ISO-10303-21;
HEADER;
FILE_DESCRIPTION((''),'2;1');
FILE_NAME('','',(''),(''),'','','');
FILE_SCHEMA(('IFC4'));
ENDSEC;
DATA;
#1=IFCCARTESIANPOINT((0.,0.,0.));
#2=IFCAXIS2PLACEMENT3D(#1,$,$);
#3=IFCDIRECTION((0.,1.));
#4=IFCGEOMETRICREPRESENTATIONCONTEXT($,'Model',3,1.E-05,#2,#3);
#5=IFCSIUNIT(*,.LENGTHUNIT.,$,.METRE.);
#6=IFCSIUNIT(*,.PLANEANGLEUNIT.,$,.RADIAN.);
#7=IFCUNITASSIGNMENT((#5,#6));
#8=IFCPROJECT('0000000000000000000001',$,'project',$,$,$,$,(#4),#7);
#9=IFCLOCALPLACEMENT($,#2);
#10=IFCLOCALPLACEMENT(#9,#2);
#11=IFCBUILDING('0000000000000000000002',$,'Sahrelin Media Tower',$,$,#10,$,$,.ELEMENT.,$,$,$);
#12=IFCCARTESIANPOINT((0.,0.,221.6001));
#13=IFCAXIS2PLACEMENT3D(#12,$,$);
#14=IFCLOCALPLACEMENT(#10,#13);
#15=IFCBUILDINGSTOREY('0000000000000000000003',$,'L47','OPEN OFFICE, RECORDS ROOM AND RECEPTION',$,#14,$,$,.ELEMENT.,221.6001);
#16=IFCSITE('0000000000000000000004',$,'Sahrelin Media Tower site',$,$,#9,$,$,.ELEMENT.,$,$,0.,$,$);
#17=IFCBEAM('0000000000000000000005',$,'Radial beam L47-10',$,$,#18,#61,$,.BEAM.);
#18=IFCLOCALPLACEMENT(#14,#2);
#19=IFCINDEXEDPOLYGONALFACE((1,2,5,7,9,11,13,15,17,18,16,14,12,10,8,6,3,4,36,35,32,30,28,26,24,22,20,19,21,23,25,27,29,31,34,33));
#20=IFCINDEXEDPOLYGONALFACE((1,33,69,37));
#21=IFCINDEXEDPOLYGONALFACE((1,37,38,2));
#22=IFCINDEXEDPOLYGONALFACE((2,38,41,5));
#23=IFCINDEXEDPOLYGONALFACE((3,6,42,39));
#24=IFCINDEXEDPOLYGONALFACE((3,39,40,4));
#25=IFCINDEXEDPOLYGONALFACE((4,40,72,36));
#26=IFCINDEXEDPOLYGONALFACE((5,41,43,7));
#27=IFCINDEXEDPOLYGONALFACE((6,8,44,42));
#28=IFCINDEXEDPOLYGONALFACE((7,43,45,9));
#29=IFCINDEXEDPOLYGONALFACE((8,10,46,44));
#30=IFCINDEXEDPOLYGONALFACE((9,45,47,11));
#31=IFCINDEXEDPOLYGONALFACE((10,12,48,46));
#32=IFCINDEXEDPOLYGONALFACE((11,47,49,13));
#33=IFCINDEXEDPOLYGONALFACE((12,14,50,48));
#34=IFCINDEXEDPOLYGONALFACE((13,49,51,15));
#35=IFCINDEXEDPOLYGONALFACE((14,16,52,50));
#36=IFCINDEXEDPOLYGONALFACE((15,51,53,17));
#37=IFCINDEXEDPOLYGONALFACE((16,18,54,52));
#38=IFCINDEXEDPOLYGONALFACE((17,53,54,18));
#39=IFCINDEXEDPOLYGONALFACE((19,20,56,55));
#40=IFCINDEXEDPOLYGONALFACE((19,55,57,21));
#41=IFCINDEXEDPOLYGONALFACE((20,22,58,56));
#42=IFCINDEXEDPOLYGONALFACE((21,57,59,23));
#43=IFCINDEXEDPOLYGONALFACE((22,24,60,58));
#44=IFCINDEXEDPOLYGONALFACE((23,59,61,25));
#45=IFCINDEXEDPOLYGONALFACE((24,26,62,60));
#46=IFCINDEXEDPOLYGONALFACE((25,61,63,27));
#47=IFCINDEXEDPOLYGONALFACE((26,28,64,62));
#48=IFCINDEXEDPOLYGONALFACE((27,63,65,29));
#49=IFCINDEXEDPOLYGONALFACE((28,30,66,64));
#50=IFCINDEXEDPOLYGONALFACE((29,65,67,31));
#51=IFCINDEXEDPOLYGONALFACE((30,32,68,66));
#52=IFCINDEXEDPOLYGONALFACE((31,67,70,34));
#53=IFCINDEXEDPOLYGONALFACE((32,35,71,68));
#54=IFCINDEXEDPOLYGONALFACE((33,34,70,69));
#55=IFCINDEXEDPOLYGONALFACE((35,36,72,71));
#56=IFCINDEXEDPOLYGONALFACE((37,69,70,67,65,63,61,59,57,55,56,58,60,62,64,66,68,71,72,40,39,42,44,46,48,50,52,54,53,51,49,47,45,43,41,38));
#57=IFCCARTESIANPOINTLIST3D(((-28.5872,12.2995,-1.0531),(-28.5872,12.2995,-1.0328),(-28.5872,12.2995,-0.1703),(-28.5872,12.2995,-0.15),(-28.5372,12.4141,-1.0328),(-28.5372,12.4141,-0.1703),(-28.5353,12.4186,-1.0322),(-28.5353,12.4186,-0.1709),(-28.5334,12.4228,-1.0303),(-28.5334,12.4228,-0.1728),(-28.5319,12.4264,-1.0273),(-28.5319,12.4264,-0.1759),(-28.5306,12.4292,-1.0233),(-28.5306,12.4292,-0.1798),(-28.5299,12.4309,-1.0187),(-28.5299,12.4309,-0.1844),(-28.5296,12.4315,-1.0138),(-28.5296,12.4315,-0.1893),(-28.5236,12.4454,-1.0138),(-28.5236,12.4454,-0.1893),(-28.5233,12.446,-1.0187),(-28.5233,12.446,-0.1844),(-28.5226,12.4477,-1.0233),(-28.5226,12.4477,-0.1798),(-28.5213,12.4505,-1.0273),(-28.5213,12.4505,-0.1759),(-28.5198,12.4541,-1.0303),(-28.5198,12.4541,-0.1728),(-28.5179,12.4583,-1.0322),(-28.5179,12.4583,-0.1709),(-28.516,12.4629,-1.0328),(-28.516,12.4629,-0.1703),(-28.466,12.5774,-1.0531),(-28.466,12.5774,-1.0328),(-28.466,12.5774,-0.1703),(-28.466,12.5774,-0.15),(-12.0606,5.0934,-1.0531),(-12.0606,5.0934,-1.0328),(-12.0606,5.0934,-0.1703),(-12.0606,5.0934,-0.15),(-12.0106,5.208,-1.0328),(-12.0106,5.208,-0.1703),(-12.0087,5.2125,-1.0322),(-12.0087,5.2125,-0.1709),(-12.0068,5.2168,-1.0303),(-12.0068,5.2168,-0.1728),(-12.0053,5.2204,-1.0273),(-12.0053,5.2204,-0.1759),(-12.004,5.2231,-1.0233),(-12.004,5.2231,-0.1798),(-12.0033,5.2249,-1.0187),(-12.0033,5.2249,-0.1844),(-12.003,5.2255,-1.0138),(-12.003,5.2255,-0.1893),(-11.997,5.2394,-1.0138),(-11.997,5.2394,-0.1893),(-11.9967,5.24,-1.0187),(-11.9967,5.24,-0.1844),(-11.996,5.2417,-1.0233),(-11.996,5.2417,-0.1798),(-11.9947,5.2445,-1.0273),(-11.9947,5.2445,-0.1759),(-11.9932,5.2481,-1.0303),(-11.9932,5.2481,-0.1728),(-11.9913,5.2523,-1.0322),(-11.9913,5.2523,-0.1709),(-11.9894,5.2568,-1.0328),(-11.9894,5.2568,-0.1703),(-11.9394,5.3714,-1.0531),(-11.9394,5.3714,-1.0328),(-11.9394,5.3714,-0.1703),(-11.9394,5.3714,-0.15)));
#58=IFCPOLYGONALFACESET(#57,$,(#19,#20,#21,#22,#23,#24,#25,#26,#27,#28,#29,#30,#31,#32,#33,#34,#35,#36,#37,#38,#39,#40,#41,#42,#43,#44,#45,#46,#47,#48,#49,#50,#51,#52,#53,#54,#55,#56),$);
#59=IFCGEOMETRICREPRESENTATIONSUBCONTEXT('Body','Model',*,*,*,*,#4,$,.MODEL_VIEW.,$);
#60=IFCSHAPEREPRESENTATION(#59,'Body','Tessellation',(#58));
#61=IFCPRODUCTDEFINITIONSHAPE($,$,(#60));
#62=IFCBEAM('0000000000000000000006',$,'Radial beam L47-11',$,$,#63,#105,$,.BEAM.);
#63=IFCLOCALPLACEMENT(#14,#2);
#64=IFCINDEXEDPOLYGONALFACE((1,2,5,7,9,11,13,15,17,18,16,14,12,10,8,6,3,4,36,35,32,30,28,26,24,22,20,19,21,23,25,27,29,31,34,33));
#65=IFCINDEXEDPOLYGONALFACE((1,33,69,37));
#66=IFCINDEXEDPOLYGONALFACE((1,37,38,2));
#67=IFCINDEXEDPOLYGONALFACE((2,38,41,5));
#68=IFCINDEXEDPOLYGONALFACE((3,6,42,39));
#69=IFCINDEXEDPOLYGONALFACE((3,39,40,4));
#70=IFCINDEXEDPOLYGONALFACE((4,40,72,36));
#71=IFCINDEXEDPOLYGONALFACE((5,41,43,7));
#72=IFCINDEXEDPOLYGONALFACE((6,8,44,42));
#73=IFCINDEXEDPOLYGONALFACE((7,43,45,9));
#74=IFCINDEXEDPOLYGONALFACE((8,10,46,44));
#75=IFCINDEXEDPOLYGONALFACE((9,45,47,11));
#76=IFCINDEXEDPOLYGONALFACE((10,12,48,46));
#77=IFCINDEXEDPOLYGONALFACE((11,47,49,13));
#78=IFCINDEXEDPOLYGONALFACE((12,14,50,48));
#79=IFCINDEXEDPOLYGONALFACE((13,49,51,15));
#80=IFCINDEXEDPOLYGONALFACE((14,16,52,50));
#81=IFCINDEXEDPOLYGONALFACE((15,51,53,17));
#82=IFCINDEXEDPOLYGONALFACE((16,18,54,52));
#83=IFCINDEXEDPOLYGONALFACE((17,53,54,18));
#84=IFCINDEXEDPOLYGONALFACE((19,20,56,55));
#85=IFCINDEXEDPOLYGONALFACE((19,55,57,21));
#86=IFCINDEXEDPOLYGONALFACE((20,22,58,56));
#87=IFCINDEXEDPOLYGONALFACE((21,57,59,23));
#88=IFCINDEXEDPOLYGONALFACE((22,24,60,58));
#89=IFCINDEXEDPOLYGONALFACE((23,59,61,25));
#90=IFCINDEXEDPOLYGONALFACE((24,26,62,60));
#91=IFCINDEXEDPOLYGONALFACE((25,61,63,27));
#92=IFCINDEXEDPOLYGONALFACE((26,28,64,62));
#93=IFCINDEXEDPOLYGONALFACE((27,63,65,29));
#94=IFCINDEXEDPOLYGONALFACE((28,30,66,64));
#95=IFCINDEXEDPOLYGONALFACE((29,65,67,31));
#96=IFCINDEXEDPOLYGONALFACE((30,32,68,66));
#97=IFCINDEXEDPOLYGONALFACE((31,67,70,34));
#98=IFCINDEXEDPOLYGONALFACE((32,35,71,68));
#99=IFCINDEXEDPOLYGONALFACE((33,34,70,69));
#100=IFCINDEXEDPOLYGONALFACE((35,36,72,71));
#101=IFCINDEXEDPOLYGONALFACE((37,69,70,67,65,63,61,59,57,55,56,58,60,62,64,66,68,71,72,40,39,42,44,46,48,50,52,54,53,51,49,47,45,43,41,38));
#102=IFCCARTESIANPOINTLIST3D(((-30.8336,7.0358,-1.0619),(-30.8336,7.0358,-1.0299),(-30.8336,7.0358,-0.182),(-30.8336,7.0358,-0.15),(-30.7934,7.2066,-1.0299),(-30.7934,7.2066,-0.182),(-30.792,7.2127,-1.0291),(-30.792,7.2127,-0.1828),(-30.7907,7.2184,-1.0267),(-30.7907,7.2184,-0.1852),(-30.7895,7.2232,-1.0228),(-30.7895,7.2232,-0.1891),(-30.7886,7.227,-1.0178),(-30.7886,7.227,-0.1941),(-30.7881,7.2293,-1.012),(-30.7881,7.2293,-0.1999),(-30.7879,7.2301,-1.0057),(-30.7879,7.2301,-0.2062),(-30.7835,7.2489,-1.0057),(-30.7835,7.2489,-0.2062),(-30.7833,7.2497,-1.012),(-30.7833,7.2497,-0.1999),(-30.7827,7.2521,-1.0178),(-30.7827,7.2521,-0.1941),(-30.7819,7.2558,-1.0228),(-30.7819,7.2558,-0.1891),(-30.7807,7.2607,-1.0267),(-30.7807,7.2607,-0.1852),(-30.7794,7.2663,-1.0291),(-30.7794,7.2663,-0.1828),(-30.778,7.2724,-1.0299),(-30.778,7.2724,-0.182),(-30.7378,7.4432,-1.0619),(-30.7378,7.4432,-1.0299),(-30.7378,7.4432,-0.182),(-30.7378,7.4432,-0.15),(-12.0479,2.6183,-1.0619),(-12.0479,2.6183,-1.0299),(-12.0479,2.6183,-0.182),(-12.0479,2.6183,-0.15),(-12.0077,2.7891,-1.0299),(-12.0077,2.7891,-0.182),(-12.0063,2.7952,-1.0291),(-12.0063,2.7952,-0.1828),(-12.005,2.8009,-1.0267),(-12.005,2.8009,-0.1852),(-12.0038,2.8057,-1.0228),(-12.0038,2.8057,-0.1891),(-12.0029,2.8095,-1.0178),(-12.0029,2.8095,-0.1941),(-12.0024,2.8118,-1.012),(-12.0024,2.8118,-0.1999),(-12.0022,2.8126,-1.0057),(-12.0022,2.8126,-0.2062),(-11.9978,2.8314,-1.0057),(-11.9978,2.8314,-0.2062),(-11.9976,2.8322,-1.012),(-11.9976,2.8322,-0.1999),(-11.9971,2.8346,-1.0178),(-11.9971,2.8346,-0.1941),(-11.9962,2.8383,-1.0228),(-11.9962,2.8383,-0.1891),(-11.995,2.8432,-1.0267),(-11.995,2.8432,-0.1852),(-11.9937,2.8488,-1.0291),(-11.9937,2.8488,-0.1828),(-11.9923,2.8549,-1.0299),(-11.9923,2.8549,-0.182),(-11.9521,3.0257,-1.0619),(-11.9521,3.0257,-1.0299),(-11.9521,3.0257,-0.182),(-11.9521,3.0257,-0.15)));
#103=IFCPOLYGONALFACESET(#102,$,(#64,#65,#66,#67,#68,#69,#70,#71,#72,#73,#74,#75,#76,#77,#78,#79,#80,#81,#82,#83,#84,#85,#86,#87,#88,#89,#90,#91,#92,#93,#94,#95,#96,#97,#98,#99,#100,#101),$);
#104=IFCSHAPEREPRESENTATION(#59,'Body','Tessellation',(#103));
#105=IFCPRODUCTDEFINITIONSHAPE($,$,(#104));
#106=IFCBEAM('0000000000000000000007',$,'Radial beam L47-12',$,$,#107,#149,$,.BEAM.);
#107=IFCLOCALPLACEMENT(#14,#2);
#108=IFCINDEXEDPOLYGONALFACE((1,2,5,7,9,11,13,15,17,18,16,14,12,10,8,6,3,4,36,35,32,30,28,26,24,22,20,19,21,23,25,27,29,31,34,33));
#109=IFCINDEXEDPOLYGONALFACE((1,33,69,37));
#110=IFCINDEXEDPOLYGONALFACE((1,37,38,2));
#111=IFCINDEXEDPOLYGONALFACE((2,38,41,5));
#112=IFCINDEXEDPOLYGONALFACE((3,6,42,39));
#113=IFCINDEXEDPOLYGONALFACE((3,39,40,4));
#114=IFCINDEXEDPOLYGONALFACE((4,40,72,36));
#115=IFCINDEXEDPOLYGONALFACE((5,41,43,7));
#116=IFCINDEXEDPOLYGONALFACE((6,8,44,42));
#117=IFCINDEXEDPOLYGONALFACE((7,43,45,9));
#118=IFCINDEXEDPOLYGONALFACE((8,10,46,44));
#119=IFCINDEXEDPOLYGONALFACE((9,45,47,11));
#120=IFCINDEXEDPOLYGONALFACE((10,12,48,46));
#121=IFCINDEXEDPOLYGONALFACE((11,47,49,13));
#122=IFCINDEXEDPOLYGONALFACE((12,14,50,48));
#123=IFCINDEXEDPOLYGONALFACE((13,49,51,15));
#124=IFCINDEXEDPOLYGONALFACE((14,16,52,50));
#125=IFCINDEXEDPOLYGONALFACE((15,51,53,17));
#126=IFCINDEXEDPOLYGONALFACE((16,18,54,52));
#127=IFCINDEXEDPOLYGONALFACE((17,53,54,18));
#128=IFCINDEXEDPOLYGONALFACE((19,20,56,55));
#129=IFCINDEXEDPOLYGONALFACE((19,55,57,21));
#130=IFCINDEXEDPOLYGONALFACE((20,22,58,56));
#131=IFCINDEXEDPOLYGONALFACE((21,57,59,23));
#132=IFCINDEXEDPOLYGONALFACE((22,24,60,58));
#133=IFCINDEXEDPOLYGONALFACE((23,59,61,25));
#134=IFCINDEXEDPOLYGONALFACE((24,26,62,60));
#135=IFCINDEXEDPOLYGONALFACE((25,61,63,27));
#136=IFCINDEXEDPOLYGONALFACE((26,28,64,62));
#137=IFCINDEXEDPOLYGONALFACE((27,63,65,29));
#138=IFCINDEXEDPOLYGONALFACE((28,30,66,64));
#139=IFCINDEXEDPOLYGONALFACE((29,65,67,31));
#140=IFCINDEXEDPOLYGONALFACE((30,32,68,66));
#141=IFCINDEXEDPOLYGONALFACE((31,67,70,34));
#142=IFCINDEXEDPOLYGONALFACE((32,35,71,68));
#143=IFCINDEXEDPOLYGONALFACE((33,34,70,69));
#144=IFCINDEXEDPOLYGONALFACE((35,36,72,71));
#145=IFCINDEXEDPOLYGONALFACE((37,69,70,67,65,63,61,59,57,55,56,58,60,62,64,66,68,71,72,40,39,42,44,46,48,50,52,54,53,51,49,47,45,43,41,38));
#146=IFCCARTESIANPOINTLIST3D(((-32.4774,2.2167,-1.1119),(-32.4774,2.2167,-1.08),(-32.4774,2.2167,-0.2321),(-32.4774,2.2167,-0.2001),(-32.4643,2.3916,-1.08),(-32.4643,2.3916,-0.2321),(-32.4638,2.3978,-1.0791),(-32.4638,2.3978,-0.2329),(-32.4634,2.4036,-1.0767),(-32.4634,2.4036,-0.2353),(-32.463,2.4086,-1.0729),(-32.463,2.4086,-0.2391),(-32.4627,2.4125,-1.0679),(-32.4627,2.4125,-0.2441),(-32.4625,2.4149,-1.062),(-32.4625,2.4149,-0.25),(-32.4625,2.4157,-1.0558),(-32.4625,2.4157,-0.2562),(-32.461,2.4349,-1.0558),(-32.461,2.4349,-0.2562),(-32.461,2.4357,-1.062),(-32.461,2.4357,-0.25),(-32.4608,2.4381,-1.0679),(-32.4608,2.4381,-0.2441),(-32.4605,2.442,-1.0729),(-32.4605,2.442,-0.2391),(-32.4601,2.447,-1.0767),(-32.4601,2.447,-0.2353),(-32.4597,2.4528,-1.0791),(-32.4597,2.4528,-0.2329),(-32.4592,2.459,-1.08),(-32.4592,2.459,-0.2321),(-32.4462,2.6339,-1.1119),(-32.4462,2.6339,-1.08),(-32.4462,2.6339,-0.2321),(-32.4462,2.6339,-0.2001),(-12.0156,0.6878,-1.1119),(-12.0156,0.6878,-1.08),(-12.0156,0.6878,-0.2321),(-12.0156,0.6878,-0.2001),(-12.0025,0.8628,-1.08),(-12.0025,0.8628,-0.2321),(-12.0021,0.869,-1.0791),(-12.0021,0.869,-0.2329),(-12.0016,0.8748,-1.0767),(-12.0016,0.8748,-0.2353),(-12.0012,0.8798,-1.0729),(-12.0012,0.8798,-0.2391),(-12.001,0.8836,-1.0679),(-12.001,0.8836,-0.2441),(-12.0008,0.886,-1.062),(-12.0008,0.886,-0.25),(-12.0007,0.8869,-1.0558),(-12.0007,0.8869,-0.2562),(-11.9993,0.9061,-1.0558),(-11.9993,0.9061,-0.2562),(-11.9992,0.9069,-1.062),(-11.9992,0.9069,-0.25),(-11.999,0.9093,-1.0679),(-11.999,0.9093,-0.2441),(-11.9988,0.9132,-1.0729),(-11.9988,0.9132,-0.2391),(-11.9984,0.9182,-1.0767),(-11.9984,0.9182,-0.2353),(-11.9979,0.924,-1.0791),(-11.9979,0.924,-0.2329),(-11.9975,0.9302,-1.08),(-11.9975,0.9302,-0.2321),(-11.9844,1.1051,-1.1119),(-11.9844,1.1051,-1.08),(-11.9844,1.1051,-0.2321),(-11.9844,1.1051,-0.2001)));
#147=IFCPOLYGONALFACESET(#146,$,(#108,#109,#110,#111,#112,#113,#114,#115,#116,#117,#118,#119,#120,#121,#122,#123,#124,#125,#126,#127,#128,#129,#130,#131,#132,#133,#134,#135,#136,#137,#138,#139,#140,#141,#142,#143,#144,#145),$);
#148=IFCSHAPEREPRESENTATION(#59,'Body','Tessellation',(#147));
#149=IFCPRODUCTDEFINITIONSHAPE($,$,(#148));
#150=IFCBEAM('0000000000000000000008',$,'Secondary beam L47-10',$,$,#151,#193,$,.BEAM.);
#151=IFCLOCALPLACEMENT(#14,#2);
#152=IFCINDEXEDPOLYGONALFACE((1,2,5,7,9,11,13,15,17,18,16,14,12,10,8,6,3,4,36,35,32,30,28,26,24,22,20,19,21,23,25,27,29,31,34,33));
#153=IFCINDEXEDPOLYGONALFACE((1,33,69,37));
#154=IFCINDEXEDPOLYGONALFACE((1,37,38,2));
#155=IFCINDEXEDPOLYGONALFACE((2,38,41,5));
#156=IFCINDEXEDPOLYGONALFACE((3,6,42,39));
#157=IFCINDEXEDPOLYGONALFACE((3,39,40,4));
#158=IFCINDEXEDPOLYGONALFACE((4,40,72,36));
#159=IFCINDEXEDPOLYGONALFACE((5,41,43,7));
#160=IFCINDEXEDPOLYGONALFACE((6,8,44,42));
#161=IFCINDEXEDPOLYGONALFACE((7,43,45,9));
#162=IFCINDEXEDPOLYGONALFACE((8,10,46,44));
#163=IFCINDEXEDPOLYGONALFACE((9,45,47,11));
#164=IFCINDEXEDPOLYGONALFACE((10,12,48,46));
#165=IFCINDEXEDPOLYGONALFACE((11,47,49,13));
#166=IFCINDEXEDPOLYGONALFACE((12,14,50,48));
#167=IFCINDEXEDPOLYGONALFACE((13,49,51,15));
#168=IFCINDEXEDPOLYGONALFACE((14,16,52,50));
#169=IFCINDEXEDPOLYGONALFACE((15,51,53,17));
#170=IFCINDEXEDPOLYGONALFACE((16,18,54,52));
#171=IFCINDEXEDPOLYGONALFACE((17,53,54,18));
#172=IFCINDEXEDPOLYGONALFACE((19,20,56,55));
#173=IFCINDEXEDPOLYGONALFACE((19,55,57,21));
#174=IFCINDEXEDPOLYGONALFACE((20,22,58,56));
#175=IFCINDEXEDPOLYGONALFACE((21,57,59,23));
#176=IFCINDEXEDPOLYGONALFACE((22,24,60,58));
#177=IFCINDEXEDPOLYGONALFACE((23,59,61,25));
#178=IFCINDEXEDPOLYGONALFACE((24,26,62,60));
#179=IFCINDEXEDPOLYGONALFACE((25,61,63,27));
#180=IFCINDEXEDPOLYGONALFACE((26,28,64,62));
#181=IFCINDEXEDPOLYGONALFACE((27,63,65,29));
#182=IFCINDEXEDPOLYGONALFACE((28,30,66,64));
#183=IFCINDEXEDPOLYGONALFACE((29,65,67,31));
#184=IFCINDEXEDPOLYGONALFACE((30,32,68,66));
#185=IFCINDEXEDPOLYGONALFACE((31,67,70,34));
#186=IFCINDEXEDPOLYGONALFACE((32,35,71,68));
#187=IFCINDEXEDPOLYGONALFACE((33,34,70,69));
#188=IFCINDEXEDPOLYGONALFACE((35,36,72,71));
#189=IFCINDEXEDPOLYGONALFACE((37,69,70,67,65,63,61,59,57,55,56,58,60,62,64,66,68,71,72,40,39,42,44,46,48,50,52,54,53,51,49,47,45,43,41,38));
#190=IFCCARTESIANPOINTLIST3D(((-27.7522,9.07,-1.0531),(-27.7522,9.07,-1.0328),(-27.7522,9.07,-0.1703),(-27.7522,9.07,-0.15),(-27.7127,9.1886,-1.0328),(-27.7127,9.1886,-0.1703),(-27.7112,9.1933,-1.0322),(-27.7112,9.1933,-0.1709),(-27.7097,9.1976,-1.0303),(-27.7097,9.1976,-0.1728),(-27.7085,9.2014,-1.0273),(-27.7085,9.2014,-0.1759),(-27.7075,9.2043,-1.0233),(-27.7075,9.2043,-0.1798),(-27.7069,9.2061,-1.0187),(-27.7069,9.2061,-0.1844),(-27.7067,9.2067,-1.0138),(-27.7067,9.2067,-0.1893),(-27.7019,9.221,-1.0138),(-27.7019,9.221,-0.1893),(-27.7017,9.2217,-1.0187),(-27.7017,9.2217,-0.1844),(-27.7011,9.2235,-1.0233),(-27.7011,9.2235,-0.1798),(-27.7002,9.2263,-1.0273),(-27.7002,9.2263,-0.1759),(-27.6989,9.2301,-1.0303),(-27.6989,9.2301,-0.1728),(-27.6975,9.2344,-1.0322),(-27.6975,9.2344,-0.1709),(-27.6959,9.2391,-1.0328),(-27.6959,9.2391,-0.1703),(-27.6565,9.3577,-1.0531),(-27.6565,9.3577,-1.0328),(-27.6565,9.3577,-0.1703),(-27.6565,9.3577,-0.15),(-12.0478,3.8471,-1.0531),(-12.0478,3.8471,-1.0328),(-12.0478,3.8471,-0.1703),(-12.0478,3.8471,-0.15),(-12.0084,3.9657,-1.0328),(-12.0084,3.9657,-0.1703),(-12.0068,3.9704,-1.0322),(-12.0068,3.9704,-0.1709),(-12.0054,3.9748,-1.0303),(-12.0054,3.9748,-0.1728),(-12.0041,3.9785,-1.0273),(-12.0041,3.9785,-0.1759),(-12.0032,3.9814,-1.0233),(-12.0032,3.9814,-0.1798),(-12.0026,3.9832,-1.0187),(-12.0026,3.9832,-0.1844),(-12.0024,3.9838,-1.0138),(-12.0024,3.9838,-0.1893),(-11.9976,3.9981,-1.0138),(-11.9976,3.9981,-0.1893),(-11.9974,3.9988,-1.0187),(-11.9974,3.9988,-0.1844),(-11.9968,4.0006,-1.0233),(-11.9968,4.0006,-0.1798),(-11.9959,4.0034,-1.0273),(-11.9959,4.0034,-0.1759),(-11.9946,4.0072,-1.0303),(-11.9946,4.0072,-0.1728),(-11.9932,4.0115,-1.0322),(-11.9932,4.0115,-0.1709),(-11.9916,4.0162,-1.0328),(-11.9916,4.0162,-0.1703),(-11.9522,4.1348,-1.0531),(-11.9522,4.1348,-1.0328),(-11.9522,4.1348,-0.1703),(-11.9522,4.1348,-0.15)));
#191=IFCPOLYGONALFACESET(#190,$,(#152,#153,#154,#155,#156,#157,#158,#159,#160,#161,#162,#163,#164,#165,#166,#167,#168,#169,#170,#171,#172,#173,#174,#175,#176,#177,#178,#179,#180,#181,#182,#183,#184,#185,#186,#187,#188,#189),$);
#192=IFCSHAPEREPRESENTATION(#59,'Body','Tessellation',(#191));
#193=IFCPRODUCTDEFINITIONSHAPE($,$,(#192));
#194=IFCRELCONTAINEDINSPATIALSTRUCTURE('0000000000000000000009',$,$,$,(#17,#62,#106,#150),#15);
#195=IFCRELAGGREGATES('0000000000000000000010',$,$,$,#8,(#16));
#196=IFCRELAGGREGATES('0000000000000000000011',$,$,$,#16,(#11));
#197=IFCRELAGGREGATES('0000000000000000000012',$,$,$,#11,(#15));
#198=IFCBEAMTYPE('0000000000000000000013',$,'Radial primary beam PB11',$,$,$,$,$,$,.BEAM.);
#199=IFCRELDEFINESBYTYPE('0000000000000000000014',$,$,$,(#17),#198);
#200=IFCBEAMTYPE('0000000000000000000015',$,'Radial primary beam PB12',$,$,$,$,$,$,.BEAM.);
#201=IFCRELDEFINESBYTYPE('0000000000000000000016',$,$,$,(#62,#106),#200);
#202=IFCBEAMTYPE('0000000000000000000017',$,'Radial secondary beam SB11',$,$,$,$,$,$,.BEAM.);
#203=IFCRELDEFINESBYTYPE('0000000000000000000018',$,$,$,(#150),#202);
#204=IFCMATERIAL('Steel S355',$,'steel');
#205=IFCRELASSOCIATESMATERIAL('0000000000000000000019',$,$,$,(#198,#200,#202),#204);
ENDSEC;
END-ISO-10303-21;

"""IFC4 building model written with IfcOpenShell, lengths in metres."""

from ifc_helpers import new_model, si_unit, direction, frame, origin, origin_2d, place, context, subcontext, project, spatial, i_section, extrude, material, material_profile, profile_set, type_object, element, save


model = new_model("IFC4")

# Units and contexts
model_context = context("Model", 3, precision=1e-05, world=origin(), true_north=direction((0.0, 1.0)))
body_context = subcontext(model_context, "Body", "Model", "MODEL_VIEW")
ifc_project = project(units=[si_unit("LENGTHUNIT", "METRE"), si_unit("PLANEANGLEUNIT", "RADIAN")], contexts=[model_context])

# Site, building, storey
site_placement = place(None, origin())
site = spatial("IfcSite", under=ifc_project, at=site_placement, Name="Sahrelin Media Tower site", CompositionType="ELEMENT", RefElevation=0.0)
building_placement = place(site_placement, origin())
building = spatial("IfcBuilding", under=site, at=building_placement, Name="Sahrelin Media Tower", CompositionType="ELEMENT")
storey_placement = place(building_placement, frame((0.0, 0.0, 221.6001)))
storey = spatial("IfcBuildingStorey", under=building, at=storey_placement, Name="L47", Description="OPEN OFFICE, RECORDS ROOM AND RECEPTION", CompositionType="ELEMENT", Elevation=221.6001)

# Beams
ifc_material_1 = material(Name="Steel S355", Category="steel")
ifc_material_profile_1 = material_profile(ifc_material_1, i_section(OverallWidth=0.3032, OverallDepth=0.9031, WebThickness=0.0151, FlangeThickness=0.0203, FilletRadius=0.019, at=origin_2d()), Name="UB 914x305x201")
ifc_profile_set_1 = profile_set([ifc_material_profile_1], Name="Steel S355")
beam_type_1 = type_object("IfcBeamType", Name="Radial primary beam PB11", PredefinedType="BEAM", material=ifc_profile_set_1)
beam_1_placement = place(storey_placement, frame((-12.0, 5.2324, -0.6016), z_axis=(-0.916652, 0.399685, 0.0), x_axis=(-0.399685, -0.916652, 0.0)))
element("IfcBeam", 1, at=beam_1_placement, inside=storey, type_object=beam_type_1, Name="Radial beam L47-10", PredefinedType="BEAM", context=body_context, shape_type="SweptSolid", body=[
    extrude(i_section(OverallWidth=0.3032, OverallDepth=0.9031, WebThickness=0.0151, FlangeThickness=0.0203, FilletRadius=0.019, at=origin_2d()), origin(), (0.0, 0.0, 1.0), 18.0293),
])
ifc_material_profile_2 = material_profile(ifc_material_1, i_section(OverallWidth=0.4185, OverallDepth=0.9119, WebThickness=0.0193, FlangeThickness=0.032, FilletRadius=0.0242, at=origin_2d()), Name="UB 914x419x343")
ifc_profile_set_2 = profile_set([ifc_material_profile_2], Name="Steel S355")
beam_type_2 = type_object("IfcBeamType", Name="Radial primary beam PB12", PredefinedType="BEAM", material=ifc_profile_set_2)
beam_2_placement = place(storey_placement, frame((-12.0, 2.822, -0.606), z_axis=(-0.973448, 0.228908, 0.0), x_axis=(-0.228908, -0.973448, 0.0)))
element("IfcBeam", 2, at=beam_2_placement, inside=storey, type_object=beam_type_2, Name="Radial beam L47-11", PredefinedType="BEAM", context=body_context, shape_type="SweptSolid", body=[
    extrude(i_section(OverallWidth=0.4185, OverallDepth=0.9119, WebThickness=0.0193, FlangeThickness=0.032, FilletRadius=0.0242, at=origin_2d()), origin(), (0.0, 0.0, 1.0), 19.2981),
])
beam_3_placement = place(storey_placement, frame((-12.0, 0.8965, -0.656), z_axis=(-0.99722, 0.074508, 0.0), x_axis=(-0.074508, -0.99722, 0.0)))
element("IfcBeam", 3, at=beam_3_placement, inside=storey, type_object=beam_type_2, Name="Radial beam L47-12", PredefinedType="BEAM", context=body_context, shape_type="SweptSolid", body=[
    extrude(i_section(OverallWidth=0.4185, OverallDepth=0.9119, WebThickness=0.0193, FlangeThickness=0.032, FilletRadius=0.0242, at=origin_2d()), origin(), (0.0, 0.0, 1.0), 20.5188),
])
ifc_material_profile_3 = material_profile(ifc_material_1, i_section(OverallWidth=0.3032, OverallDepth=0.9031, WebThickness=0.0151, FlangeThickness=0.0203, FilletRadius=0.019, at=origin_2d()), Name="UB 914x305x201")
ifc_profile_set_3 = profile_set([ifc_material_profile_3], Name="Steel S355")
beam_type_3 = type_object("IfcBeamType", Name="Radial secondary beam SB11", PredefinedType="BEAM", material=ifc_profile_set_3)
beam_4_placement = place(storey_placement, frame((-12.0, 3.991, -0.6016), z_axis=(-0.948898, 0.315582, 0.0), x_axis=(-0.315582, -0.948898, 0.0)))
element("IfcBeam", 4, at=beam_4_placement, inside=storey, type_object=beam_type_3, Name="Secondary beam L47-10", PredefinedType="BEAM", context=body_context, shape_type="SweptSolid", body=[
    extrude(i_section(OverallWidth=0.3032, OverallDepth=0.9031, WebThickness=0.0151, FlangeThickness=0.0203, FilletRadius=0.019, at=origin_2d()), origin(), (0.0, 0.0, 1.0), 16.55),
])

save(model, "model.ifc")
